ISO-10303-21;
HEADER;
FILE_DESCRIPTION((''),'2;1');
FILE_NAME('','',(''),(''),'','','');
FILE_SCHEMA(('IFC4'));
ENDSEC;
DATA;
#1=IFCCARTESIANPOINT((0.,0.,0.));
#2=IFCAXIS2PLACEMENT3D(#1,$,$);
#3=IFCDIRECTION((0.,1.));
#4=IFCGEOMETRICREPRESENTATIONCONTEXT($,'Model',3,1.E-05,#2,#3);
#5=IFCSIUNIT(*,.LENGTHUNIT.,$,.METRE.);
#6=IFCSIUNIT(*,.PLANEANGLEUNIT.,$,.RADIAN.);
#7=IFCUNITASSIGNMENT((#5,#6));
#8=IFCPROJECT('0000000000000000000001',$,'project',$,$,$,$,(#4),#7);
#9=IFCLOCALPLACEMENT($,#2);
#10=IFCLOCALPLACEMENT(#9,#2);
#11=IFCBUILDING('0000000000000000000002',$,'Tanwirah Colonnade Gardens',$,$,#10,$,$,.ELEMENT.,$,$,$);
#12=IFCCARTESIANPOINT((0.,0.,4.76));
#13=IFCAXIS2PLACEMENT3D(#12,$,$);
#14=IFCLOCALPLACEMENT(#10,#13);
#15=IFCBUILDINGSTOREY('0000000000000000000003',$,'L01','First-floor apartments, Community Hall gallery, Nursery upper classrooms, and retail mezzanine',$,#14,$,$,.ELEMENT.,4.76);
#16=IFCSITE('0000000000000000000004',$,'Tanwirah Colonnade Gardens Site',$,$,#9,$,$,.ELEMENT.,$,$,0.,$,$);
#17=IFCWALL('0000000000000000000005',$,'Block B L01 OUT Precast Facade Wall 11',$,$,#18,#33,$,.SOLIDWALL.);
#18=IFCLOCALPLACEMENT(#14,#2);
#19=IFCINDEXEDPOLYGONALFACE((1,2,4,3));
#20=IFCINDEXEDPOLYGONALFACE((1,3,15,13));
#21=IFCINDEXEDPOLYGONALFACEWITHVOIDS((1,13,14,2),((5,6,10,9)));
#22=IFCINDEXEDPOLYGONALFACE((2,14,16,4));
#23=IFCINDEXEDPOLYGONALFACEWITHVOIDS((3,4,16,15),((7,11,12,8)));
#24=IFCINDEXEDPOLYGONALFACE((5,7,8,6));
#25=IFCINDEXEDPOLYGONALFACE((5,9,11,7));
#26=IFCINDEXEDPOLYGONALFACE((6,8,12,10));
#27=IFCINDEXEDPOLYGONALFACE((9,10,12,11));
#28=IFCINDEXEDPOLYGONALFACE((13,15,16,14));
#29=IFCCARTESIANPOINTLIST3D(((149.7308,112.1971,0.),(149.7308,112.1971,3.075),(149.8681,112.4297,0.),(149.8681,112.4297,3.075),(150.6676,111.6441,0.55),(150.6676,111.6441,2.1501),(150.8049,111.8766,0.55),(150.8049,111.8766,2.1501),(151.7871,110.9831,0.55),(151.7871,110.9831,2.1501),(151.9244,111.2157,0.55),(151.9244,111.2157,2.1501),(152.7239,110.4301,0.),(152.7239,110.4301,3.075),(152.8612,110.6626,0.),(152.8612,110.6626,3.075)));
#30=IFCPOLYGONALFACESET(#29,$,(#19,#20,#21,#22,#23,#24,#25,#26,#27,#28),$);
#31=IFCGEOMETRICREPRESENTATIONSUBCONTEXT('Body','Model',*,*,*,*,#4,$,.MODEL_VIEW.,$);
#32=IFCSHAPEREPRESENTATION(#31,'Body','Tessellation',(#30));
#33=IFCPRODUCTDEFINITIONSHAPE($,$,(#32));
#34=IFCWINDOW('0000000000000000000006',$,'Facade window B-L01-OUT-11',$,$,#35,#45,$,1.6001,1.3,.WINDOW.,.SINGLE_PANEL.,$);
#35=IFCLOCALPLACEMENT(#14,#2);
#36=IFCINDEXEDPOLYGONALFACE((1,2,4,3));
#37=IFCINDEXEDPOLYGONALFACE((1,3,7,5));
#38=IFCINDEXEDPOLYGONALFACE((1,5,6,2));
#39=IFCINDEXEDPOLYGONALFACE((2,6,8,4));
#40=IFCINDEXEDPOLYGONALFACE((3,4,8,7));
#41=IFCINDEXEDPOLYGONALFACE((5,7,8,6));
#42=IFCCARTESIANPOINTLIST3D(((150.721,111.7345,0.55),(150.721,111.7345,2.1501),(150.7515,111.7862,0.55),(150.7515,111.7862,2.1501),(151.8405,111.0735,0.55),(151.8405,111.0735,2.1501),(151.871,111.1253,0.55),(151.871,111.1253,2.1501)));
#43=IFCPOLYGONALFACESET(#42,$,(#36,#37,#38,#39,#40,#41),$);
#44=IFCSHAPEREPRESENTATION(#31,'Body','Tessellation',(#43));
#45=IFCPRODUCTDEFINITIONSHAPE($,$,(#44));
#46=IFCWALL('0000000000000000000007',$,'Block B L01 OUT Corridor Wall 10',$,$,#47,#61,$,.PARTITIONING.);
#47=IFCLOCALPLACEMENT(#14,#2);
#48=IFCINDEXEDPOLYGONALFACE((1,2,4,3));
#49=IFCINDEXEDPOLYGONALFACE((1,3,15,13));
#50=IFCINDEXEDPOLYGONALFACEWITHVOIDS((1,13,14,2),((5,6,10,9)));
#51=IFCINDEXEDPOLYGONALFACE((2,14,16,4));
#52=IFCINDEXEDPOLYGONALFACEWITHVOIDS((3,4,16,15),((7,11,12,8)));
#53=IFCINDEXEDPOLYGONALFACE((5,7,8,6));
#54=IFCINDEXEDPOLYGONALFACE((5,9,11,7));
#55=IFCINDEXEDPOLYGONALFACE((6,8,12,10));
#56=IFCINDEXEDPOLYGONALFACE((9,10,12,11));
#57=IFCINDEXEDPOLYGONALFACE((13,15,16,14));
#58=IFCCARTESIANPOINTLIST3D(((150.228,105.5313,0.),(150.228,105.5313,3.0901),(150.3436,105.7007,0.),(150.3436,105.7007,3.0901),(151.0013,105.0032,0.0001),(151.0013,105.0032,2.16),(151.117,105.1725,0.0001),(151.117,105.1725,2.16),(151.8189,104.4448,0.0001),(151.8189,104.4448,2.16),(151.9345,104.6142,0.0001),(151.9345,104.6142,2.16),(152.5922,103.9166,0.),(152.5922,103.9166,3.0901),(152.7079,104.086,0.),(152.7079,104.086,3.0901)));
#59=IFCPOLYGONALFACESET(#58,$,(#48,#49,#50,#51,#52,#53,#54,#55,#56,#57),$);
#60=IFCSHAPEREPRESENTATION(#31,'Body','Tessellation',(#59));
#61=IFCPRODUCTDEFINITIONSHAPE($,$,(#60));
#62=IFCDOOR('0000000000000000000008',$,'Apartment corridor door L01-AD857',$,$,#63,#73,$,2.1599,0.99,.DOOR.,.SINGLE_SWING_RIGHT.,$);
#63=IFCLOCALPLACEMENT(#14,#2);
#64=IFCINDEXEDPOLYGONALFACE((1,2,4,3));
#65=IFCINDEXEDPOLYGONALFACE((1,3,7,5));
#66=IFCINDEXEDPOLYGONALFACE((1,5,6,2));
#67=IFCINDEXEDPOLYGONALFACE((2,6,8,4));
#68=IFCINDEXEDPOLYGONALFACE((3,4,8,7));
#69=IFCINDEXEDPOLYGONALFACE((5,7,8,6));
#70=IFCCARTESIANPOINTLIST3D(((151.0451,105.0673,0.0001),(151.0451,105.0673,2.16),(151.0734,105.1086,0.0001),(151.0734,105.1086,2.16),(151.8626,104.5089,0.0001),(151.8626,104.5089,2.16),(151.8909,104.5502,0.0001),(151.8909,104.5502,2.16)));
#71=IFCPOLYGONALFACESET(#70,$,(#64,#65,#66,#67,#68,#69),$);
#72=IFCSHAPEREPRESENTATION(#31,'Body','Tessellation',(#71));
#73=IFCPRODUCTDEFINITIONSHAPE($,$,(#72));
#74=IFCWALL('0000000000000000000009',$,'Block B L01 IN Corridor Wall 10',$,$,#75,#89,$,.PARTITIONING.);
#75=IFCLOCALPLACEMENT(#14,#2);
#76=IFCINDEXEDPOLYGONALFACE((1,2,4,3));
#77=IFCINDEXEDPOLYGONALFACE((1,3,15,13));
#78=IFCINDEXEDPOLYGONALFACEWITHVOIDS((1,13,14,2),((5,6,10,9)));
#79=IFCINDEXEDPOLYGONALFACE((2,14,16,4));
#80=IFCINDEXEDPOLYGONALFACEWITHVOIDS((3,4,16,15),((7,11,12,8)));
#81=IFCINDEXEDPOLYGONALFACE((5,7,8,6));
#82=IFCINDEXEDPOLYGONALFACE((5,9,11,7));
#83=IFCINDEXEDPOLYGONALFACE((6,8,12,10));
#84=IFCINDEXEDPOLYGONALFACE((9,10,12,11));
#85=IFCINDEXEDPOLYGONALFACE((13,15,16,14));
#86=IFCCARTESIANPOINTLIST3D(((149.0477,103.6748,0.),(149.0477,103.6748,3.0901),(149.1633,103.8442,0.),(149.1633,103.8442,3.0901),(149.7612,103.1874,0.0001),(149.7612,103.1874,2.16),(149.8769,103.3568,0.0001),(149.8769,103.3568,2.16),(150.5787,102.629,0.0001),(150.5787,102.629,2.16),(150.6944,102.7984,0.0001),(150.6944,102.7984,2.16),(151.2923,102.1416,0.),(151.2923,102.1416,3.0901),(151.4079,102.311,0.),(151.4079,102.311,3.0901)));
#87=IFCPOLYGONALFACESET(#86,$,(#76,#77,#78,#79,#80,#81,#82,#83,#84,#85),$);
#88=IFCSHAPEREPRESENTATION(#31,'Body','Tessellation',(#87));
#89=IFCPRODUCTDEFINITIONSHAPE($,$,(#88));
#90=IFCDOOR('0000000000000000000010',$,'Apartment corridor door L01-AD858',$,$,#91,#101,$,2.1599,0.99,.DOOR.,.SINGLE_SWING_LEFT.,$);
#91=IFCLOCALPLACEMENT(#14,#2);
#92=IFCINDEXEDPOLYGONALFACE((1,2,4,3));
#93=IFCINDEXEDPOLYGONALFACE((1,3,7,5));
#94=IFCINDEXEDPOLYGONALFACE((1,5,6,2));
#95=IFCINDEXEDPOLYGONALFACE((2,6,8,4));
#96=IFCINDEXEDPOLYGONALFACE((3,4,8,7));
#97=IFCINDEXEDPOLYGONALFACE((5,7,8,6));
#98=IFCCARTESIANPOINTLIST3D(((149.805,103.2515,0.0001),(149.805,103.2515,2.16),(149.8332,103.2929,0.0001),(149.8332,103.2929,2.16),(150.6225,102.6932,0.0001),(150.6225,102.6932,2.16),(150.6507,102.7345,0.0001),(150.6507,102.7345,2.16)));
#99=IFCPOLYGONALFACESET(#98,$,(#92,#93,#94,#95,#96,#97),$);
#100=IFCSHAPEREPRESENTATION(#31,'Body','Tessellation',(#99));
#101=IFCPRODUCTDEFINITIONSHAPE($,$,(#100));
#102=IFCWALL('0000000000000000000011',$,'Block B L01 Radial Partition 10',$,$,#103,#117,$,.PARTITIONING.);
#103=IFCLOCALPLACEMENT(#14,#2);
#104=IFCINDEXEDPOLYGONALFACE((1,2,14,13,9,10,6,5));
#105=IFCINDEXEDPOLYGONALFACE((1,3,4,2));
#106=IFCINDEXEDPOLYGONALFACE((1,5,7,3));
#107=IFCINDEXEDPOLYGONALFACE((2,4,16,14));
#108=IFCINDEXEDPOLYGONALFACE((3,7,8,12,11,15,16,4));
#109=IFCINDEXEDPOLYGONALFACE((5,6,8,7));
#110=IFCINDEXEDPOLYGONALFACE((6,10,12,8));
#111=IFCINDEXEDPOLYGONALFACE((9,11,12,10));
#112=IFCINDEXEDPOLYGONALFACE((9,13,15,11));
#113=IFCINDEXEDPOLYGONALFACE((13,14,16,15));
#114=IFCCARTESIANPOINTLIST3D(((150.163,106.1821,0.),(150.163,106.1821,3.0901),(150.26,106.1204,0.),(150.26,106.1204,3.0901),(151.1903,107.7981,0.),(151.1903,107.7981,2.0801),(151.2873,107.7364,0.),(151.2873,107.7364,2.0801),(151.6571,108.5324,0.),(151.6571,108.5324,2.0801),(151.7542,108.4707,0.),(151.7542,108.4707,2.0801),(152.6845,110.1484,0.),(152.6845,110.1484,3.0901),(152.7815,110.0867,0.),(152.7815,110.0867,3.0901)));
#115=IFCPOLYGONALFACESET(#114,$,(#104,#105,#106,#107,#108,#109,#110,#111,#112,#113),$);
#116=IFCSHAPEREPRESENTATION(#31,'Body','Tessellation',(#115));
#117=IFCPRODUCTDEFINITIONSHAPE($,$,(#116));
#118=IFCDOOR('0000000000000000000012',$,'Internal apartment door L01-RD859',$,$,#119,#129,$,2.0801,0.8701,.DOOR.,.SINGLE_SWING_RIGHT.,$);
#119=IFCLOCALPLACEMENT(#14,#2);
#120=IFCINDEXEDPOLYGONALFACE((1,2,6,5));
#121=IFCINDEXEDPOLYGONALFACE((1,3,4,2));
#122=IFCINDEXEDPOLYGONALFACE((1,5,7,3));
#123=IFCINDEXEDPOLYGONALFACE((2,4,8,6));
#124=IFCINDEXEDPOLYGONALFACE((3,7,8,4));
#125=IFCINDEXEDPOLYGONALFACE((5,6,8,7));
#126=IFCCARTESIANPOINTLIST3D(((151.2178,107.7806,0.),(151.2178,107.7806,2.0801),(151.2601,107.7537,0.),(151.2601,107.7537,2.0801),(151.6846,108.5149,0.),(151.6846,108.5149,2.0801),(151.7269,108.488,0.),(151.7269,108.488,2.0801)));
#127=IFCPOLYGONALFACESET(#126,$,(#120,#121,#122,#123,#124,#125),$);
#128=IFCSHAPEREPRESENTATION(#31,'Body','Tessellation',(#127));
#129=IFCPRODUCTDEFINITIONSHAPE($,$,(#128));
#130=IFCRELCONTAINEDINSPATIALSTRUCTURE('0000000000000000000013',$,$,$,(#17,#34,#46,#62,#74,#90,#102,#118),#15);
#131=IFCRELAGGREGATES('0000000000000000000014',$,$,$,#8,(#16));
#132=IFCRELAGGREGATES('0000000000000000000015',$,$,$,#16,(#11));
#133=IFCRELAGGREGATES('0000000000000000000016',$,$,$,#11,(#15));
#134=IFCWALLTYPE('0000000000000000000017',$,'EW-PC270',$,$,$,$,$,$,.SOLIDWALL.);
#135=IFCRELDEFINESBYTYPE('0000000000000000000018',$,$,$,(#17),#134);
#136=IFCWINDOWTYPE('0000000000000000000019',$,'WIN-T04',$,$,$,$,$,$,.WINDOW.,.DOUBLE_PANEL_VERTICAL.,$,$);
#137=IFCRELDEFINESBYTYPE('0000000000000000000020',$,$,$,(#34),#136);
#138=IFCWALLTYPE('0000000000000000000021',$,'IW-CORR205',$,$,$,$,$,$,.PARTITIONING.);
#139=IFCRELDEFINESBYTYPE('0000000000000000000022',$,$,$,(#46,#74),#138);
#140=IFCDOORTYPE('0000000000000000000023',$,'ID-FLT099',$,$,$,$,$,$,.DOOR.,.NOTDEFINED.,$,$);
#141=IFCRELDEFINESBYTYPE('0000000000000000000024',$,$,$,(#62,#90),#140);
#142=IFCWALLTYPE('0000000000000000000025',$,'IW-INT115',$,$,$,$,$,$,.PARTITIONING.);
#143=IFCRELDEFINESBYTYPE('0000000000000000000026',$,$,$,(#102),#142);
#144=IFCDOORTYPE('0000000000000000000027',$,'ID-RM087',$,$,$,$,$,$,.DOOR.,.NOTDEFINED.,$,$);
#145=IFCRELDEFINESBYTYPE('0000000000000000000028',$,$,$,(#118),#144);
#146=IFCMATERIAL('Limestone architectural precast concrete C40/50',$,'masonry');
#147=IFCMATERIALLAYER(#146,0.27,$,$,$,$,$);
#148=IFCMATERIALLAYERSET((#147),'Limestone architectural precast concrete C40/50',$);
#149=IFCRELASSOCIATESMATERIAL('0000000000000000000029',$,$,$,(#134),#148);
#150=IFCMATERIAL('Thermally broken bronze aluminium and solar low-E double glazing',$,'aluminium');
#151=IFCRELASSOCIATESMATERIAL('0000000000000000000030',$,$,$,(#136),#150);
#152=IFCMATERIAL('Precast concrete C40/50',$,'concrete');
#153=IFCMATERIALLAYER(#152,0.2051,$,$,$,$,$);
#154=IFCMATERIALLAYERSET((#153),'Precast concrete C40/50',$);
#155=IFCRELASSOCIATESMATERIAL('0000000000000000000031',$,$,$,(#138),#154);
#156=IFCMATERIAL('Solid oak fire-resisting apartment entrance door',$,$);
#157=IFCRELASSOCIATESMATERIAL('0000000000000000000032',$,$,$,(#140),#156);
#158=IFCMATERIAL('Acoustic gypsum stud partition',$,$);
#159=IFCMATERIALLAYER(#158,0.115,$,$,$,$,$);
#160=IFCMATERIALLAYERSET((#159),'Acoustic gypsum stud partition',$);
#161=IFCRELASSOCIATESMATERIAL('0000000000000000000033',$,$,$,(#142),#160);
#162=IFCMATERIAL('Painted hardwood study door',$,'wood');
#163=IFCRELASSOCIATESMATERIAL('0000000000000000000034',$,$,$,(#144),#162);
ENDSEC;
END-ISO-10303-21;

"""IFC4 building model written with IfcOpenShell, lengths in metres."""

from ifc_helpers import new_model, si_unit, direction, frame, frame_2d, origin, place, context, subcontext, project, spatial, rectangle, extrude, material, layer, layer_set, type_object, element, fill, save


model = new_model("IFC4")

# Units and contexts
model_context = context("Model", 3, precision=1e-05, world=origin(), true_north=direction((0.0, 1.0)))
body_context = subcontext(model_context, "Body", "Model", "MODEL_VIEW")
ifc_project = project(units=[si_unit("LENGTHUNIT", "METRE"), si_unit("PLANEANGLEUNIT", "RADIAN")], contexts=[model_context])

# Site, building, storey
site_placement = place(None, origin())
site = spatial("IfcSite", under=ifc_project, at=site_placement, Name="Tanwirah Colonnade Gardens Site", CompositionType="ELEMENT", RefElevation=0.0)
building_placement = place(site_placement, origin())
building = spatial("IfcBuilding", under=site, at=building_placement, Name="Tanwirah Colonnade Gardens", CompositionType="ELEMENT")
storey_placement = place(building_placement, frame((0.0, 0.0, 4.76)))
storey = spatial("IfcBuildingStorey", under=building, at=storey_placement, Name="L01", Description="First-floor apartments, Community Hall gallery, Nursery upper classrooms, and retail mezzanine", CompositionType="ELEMENT", Elevation=4.76)

# Shared definitions
ifc_material_1 = material(Name="Precast concrete C40/50", Category="concrete")

# Shared definitions
ifc_material_2 = material(Name="Limestone architectural precast concrete C40/50", Category="masonry")
ifc_layer_1 = layer(ifc_material_2, 0.27)
ifc_layer_set_1 = layer_set([ifc_layer_1], Name="Limestone architectural precast concrete C40/50")
wall_type_1 = type_object("IfcWallType", Name="EW-PC270", PredefinedType="SOLIDWALL", material=ifc_layer_set_1)

# Wall, opening, window
wall_1_placement = place(storey_placement, frame((152.7925, 110.5464, 0.0), z_axis=(0.0, 0.0, 1.0), x_axis=(-0.861128, 0.508389, 0.0)))
wall_1 = element("IfcWall", 1, at=wall_1_placement, inside=storey, type_object=wall_type_1, Name="Block B L01 OUT Precast Facade Wall 11", PredefinedType="SOLIDWALL", context=body_context, shape_type="SweptSolid", body=[
    extrude(rectangle(XDim=3.4758, YDim=0.27, at=frame_2d((1.7378, 0.0))), origin(), (0.0, 0.0, 1.0), 3.075),
])
opening_1_placement = place(wall_1_placement, frame((1.0879, 0.0, 0.55)))
opening_1 = element("IfcOpeningElement", 2, at=opening_1_placement, cuts=wall_1, PredefinedType="OPENING", context=body_context, shape_type="SweptSolid", body=[
    extrude(rectangle(XDim=1.3, YDim=1.6001, at=frame_2d((0.6499, 0.8))), frame((0.0, 0.145, 0.0), z_axis=(0.0, -1.0, 0.0), x_axis=(1.0, 0.0, 0.0)), (0.0, 0.0, 1.0), 0.29),
])
ifc_material_3 = material(Name="Thermally broken bronze aluminium and solar low-E double glazing", Category="aluminium")
window_type = type_object("IfcWindowType", Name="WIN-T04", PartitioningType="DOUBLE_PANEL_VERTICAL", PredefinedType="WINDOW", material=ifc_material_3)
window_placement = place(opening_1_placement, origin())
window = element("IfcWindow", 3, at=window_placement, inside=storey, type_object=window_type, Name="Facade window B-L01-OUT-11", OverallHeight=1.6001, OverallWidth=1.3, PartitioningType="SINGLE_PANEL", PredefinedType="WINDOW", context=body_context, shape_type="SweptSolid", body=[
    extrude(rectangle(XDim=1.3, YDim=1.6001, at=frame_2d((0.6499, 0.8))), frame((0.0, 0.03, 0.0), z_axis=(0.0, -1.0, 0.0), x_axis=(1.0, 0.0, 0.0)), (0.0, 0.0, 1.0), 0.0601),
])
fill(opening_1, window)

# Walls, openings, doors
ifc_layer_2 = layer(ifc_material_1, 0.2051)
ifc_layer_set_2 = layer_set([ifc_layer_2], Name="Precast concrete C40/50")
wall_type_2 = type_object("IfcWallType", Name="IW-CORR205", PredefinedType="PARTITIONING", material=ifc_layer_set_2)
wall_2_placement = place(storey_placement, frame((152.6501, 104.0012, 0.0), z_axis=(0.0, 0.0, 1.0), x_axis=(-0.82578, 0.563993, 0.0)))
wall_2 = element("IfcWall", 4, at=wall_2_placement, inside=storey, type_object=wall_type_2, Name="Block B L01 OUT Corridor Wall 10", PredefinedType="PARTITIONING", context=body_context, shape_type="SweptSolid", body=[
    extrude(rectangle(XDim=2.863, YDim=0.2051, at=frame_2d((1.4316, 0.0))), origin(), (0.0, 0.0, 1.0), 3.0901),
])
opening_2_placement = place(wall_2_placement, frame((0.9365, 0.0, 0.0)))
opening_2 = element("IfcOpeningElement", 5, at=opening_2_placement, cuts=wall_2, PredefinedType="OPENING", context=body_context, shape_type="SweptSolid", body=[
    extrude(rectangle(XDim=0.99, YDim=2.1599, at=frame_2d((0.4951, 1.0801))), frame((0.0, 0.1125, 0.0), z_axis=(0.0, -1.0, 0.0), x_axis=(1.0, 0.0, 0.0)), (0.0, 0.0, 1.0), 0.2251),
])
ifc_material_4 = material(Name="Solid oak fire-resisting apartment entrance door")
door_type_1 = type_object("IfcDoorType", Name="ID-FLT099", OperationType="NOTDEFINED", PredefinedType="DOOR", material=ifc_material_4)
door_1_placement = place(opening_2_placement, origin())
door_1 = element("IfcDoor", 6, at=door_1_placement, inside=storey, type_object=door_type_1, Name="Apartment corridor door L01-AD857", OperationType="SINGLE_SWING_RIGHT", OverallHeight=2.1599, OverallWidth=0.99, PredefinedType="DOOR", context=body_context, shape_type="SweptSolid", body=[
    extrude(rectangle(XDim=0.99, YDim=2.1599, at=frame_2d((0.4951, 1.0801))), frame((0.0, 0.0249, 0.0), z_axis=(0.0, -1.0, 0.0), x_axis=(1.0, 0.0, 0.0)), (0.0, 0.0, 1.0), 0.05),
])
fill(opening_2, door_1)
wall_3_placement = place(storey_placement, frame((151.3501, 102.2263, 0.0), z_axis=(0.0, 0.0, 1.0), x_axis=(-0.825752, 0.564033, 0.0)))
wall_3 = element("IfcWall", 7, at=wall_3_placement, inside=storey, type_object=wall_type_2, Name="Block B L01 IN Corridor Wall 10", PredefinedType="PARTITIONING", context=body_context, shape_type="SweptSolid", body=[
    extrude(rectangle(XDim=2.7183, YDim=0.2051, at=frame_2d((1.3591, 0.0))), origin(), (0.0, 0.0, 1.0), 3.0901),
])
opening_3_placement = place(wall_3_placement, frame((0.864, 0.0, 0.0)))
opening_3 = element("IfcOpeningElement", 8, at=opening_3_placement, cuts=wall_3, PredefinedType="OPENING", context=body_context, shape_type="SweptSolid", body=[
    extrude(rectangle(XDim=0.99, YDim=2.1599, at=frame_2d((0.4951, 1.0801))), frame((0.0, 0.1125, 0.0), z_axis=(0.0, -1.0, 0.0), x_axis=(1.0, 0.0, 0.0)), (0.0, 0.0, 1.0), 0.2251),
])
door_2_placement = place(opening_3_placement, origin())
door_2 = element("IfcDoor", 9, at=door_2_placement, inside=storey, type_object=door_type_1, Name="Apartment corridor door L01-AD858", OperationType="SINGLE_SWING_LEFT", OverallHeight=2.1599, OverallWidth=0.99, PredefinedType="DOOR", context=body_context, shape_type="SweptSolid", body=[
    extrude(rectangle(XDim=0.99, YDim=2.1599, at=frame_2d((0.4951, 1.0801))), frame((0.0, 0.0249, 0.0), z_axis=(0.0, -1.0, 0.0), x_axis=(1.0, 0.0, 0.0)), (0.0, 0.0, 1.0), 0.05),
])
fill(opening_3, door_2)
ifc_material_5 = material(Name="Acoustic gypsum stud partition")
ifc_layer_3 = layer(ifc_material_5, 0.115)
ifc_layer_set_3 = layer_set([ifc_layer_3], Name="Acoustic gypsum stud partition")
wall_type_3 = type_object("IfcWallType", Name="IW-INT115", PredefinedType="PARTITIONING", material=ifc_layer_set_3)
wall_4_placement = place(storey_placement, frame((150.2114, 106.1511, 0.0), z_axis=(0.0, 0.0, 1.0), x_axis=(0.536492, 0.843905, 0.0)))
wall_4 = element("IfcWall", 10, at=wall_4_placement, inside=storey, type_object=wall_type_3, Name="Block B L01 Radial Partition 10", PredefinedType="PARTITIONING", context=body_context, shape_type="SweptSolid", body=[
    extrude(rectangle(XDim=4.7, YDim=0.115, at=frame_2d((2.3501, 0.0))), origin(), (0.0, 0.0, 1.0), 3.0901),
])
opening_4_placement = place(wall_4_placement, frame((1.915, 0.0, 0.0)))
opening_4 = element("IfcOpeningElement", 11, at=opening_4_placement, cuts=wall_4, PredefinedType="OPENING", context=body_context, shape_type="SweptSolid", body=[
    extrude(rectangle(XDim=0.8701, YDim=2.0801, at=frame_2d((0.4351, 1.04))), frame((0.0, 0.0674, 0.0), z_axis=(0.0, -1.0, 0.0), x_axis=(1.0, 0.0, 0.0)), (0.0, 0.0, 1.0), 0.135),
])
ifc_material_6 = material(Name="Painted hardwood study door", Category="wood")
door_type_2 = type_object("IfcDoorType", Name="ID-RM087", OperationType="NOTDEFINED", PredefinedType="DOOR", material=ifc_material_6)
door_3_placement = place(opening_4_placement, origin())
door_3 = element("IfcDoor", 12, at=door_3_placement, inside=storey, type_object=door_type_2, Name="Internal apartment door L01-RD859", OperationType="SINGLE_SWING_RIGHT", OverallHeight=2.0801, OverallWidth=0.8701, PredefinedType="DOOR", context=body_context, shape_type="SweptSolid", body=[
    extrude(rectangle(XDim=0.8701, YDim=2.0801, at=frame_2d((0.4351, 1.04))), frame((0.0, 0.0249, 0.0), z_axis=(0.0, -1.0, 0.0), x_axis=(1.0, 0.0, 0.0)), (0.0, 0.0, 1.0), 0.05),
])
fill(opening_4, door_3)

save(model, "model.ifc")
